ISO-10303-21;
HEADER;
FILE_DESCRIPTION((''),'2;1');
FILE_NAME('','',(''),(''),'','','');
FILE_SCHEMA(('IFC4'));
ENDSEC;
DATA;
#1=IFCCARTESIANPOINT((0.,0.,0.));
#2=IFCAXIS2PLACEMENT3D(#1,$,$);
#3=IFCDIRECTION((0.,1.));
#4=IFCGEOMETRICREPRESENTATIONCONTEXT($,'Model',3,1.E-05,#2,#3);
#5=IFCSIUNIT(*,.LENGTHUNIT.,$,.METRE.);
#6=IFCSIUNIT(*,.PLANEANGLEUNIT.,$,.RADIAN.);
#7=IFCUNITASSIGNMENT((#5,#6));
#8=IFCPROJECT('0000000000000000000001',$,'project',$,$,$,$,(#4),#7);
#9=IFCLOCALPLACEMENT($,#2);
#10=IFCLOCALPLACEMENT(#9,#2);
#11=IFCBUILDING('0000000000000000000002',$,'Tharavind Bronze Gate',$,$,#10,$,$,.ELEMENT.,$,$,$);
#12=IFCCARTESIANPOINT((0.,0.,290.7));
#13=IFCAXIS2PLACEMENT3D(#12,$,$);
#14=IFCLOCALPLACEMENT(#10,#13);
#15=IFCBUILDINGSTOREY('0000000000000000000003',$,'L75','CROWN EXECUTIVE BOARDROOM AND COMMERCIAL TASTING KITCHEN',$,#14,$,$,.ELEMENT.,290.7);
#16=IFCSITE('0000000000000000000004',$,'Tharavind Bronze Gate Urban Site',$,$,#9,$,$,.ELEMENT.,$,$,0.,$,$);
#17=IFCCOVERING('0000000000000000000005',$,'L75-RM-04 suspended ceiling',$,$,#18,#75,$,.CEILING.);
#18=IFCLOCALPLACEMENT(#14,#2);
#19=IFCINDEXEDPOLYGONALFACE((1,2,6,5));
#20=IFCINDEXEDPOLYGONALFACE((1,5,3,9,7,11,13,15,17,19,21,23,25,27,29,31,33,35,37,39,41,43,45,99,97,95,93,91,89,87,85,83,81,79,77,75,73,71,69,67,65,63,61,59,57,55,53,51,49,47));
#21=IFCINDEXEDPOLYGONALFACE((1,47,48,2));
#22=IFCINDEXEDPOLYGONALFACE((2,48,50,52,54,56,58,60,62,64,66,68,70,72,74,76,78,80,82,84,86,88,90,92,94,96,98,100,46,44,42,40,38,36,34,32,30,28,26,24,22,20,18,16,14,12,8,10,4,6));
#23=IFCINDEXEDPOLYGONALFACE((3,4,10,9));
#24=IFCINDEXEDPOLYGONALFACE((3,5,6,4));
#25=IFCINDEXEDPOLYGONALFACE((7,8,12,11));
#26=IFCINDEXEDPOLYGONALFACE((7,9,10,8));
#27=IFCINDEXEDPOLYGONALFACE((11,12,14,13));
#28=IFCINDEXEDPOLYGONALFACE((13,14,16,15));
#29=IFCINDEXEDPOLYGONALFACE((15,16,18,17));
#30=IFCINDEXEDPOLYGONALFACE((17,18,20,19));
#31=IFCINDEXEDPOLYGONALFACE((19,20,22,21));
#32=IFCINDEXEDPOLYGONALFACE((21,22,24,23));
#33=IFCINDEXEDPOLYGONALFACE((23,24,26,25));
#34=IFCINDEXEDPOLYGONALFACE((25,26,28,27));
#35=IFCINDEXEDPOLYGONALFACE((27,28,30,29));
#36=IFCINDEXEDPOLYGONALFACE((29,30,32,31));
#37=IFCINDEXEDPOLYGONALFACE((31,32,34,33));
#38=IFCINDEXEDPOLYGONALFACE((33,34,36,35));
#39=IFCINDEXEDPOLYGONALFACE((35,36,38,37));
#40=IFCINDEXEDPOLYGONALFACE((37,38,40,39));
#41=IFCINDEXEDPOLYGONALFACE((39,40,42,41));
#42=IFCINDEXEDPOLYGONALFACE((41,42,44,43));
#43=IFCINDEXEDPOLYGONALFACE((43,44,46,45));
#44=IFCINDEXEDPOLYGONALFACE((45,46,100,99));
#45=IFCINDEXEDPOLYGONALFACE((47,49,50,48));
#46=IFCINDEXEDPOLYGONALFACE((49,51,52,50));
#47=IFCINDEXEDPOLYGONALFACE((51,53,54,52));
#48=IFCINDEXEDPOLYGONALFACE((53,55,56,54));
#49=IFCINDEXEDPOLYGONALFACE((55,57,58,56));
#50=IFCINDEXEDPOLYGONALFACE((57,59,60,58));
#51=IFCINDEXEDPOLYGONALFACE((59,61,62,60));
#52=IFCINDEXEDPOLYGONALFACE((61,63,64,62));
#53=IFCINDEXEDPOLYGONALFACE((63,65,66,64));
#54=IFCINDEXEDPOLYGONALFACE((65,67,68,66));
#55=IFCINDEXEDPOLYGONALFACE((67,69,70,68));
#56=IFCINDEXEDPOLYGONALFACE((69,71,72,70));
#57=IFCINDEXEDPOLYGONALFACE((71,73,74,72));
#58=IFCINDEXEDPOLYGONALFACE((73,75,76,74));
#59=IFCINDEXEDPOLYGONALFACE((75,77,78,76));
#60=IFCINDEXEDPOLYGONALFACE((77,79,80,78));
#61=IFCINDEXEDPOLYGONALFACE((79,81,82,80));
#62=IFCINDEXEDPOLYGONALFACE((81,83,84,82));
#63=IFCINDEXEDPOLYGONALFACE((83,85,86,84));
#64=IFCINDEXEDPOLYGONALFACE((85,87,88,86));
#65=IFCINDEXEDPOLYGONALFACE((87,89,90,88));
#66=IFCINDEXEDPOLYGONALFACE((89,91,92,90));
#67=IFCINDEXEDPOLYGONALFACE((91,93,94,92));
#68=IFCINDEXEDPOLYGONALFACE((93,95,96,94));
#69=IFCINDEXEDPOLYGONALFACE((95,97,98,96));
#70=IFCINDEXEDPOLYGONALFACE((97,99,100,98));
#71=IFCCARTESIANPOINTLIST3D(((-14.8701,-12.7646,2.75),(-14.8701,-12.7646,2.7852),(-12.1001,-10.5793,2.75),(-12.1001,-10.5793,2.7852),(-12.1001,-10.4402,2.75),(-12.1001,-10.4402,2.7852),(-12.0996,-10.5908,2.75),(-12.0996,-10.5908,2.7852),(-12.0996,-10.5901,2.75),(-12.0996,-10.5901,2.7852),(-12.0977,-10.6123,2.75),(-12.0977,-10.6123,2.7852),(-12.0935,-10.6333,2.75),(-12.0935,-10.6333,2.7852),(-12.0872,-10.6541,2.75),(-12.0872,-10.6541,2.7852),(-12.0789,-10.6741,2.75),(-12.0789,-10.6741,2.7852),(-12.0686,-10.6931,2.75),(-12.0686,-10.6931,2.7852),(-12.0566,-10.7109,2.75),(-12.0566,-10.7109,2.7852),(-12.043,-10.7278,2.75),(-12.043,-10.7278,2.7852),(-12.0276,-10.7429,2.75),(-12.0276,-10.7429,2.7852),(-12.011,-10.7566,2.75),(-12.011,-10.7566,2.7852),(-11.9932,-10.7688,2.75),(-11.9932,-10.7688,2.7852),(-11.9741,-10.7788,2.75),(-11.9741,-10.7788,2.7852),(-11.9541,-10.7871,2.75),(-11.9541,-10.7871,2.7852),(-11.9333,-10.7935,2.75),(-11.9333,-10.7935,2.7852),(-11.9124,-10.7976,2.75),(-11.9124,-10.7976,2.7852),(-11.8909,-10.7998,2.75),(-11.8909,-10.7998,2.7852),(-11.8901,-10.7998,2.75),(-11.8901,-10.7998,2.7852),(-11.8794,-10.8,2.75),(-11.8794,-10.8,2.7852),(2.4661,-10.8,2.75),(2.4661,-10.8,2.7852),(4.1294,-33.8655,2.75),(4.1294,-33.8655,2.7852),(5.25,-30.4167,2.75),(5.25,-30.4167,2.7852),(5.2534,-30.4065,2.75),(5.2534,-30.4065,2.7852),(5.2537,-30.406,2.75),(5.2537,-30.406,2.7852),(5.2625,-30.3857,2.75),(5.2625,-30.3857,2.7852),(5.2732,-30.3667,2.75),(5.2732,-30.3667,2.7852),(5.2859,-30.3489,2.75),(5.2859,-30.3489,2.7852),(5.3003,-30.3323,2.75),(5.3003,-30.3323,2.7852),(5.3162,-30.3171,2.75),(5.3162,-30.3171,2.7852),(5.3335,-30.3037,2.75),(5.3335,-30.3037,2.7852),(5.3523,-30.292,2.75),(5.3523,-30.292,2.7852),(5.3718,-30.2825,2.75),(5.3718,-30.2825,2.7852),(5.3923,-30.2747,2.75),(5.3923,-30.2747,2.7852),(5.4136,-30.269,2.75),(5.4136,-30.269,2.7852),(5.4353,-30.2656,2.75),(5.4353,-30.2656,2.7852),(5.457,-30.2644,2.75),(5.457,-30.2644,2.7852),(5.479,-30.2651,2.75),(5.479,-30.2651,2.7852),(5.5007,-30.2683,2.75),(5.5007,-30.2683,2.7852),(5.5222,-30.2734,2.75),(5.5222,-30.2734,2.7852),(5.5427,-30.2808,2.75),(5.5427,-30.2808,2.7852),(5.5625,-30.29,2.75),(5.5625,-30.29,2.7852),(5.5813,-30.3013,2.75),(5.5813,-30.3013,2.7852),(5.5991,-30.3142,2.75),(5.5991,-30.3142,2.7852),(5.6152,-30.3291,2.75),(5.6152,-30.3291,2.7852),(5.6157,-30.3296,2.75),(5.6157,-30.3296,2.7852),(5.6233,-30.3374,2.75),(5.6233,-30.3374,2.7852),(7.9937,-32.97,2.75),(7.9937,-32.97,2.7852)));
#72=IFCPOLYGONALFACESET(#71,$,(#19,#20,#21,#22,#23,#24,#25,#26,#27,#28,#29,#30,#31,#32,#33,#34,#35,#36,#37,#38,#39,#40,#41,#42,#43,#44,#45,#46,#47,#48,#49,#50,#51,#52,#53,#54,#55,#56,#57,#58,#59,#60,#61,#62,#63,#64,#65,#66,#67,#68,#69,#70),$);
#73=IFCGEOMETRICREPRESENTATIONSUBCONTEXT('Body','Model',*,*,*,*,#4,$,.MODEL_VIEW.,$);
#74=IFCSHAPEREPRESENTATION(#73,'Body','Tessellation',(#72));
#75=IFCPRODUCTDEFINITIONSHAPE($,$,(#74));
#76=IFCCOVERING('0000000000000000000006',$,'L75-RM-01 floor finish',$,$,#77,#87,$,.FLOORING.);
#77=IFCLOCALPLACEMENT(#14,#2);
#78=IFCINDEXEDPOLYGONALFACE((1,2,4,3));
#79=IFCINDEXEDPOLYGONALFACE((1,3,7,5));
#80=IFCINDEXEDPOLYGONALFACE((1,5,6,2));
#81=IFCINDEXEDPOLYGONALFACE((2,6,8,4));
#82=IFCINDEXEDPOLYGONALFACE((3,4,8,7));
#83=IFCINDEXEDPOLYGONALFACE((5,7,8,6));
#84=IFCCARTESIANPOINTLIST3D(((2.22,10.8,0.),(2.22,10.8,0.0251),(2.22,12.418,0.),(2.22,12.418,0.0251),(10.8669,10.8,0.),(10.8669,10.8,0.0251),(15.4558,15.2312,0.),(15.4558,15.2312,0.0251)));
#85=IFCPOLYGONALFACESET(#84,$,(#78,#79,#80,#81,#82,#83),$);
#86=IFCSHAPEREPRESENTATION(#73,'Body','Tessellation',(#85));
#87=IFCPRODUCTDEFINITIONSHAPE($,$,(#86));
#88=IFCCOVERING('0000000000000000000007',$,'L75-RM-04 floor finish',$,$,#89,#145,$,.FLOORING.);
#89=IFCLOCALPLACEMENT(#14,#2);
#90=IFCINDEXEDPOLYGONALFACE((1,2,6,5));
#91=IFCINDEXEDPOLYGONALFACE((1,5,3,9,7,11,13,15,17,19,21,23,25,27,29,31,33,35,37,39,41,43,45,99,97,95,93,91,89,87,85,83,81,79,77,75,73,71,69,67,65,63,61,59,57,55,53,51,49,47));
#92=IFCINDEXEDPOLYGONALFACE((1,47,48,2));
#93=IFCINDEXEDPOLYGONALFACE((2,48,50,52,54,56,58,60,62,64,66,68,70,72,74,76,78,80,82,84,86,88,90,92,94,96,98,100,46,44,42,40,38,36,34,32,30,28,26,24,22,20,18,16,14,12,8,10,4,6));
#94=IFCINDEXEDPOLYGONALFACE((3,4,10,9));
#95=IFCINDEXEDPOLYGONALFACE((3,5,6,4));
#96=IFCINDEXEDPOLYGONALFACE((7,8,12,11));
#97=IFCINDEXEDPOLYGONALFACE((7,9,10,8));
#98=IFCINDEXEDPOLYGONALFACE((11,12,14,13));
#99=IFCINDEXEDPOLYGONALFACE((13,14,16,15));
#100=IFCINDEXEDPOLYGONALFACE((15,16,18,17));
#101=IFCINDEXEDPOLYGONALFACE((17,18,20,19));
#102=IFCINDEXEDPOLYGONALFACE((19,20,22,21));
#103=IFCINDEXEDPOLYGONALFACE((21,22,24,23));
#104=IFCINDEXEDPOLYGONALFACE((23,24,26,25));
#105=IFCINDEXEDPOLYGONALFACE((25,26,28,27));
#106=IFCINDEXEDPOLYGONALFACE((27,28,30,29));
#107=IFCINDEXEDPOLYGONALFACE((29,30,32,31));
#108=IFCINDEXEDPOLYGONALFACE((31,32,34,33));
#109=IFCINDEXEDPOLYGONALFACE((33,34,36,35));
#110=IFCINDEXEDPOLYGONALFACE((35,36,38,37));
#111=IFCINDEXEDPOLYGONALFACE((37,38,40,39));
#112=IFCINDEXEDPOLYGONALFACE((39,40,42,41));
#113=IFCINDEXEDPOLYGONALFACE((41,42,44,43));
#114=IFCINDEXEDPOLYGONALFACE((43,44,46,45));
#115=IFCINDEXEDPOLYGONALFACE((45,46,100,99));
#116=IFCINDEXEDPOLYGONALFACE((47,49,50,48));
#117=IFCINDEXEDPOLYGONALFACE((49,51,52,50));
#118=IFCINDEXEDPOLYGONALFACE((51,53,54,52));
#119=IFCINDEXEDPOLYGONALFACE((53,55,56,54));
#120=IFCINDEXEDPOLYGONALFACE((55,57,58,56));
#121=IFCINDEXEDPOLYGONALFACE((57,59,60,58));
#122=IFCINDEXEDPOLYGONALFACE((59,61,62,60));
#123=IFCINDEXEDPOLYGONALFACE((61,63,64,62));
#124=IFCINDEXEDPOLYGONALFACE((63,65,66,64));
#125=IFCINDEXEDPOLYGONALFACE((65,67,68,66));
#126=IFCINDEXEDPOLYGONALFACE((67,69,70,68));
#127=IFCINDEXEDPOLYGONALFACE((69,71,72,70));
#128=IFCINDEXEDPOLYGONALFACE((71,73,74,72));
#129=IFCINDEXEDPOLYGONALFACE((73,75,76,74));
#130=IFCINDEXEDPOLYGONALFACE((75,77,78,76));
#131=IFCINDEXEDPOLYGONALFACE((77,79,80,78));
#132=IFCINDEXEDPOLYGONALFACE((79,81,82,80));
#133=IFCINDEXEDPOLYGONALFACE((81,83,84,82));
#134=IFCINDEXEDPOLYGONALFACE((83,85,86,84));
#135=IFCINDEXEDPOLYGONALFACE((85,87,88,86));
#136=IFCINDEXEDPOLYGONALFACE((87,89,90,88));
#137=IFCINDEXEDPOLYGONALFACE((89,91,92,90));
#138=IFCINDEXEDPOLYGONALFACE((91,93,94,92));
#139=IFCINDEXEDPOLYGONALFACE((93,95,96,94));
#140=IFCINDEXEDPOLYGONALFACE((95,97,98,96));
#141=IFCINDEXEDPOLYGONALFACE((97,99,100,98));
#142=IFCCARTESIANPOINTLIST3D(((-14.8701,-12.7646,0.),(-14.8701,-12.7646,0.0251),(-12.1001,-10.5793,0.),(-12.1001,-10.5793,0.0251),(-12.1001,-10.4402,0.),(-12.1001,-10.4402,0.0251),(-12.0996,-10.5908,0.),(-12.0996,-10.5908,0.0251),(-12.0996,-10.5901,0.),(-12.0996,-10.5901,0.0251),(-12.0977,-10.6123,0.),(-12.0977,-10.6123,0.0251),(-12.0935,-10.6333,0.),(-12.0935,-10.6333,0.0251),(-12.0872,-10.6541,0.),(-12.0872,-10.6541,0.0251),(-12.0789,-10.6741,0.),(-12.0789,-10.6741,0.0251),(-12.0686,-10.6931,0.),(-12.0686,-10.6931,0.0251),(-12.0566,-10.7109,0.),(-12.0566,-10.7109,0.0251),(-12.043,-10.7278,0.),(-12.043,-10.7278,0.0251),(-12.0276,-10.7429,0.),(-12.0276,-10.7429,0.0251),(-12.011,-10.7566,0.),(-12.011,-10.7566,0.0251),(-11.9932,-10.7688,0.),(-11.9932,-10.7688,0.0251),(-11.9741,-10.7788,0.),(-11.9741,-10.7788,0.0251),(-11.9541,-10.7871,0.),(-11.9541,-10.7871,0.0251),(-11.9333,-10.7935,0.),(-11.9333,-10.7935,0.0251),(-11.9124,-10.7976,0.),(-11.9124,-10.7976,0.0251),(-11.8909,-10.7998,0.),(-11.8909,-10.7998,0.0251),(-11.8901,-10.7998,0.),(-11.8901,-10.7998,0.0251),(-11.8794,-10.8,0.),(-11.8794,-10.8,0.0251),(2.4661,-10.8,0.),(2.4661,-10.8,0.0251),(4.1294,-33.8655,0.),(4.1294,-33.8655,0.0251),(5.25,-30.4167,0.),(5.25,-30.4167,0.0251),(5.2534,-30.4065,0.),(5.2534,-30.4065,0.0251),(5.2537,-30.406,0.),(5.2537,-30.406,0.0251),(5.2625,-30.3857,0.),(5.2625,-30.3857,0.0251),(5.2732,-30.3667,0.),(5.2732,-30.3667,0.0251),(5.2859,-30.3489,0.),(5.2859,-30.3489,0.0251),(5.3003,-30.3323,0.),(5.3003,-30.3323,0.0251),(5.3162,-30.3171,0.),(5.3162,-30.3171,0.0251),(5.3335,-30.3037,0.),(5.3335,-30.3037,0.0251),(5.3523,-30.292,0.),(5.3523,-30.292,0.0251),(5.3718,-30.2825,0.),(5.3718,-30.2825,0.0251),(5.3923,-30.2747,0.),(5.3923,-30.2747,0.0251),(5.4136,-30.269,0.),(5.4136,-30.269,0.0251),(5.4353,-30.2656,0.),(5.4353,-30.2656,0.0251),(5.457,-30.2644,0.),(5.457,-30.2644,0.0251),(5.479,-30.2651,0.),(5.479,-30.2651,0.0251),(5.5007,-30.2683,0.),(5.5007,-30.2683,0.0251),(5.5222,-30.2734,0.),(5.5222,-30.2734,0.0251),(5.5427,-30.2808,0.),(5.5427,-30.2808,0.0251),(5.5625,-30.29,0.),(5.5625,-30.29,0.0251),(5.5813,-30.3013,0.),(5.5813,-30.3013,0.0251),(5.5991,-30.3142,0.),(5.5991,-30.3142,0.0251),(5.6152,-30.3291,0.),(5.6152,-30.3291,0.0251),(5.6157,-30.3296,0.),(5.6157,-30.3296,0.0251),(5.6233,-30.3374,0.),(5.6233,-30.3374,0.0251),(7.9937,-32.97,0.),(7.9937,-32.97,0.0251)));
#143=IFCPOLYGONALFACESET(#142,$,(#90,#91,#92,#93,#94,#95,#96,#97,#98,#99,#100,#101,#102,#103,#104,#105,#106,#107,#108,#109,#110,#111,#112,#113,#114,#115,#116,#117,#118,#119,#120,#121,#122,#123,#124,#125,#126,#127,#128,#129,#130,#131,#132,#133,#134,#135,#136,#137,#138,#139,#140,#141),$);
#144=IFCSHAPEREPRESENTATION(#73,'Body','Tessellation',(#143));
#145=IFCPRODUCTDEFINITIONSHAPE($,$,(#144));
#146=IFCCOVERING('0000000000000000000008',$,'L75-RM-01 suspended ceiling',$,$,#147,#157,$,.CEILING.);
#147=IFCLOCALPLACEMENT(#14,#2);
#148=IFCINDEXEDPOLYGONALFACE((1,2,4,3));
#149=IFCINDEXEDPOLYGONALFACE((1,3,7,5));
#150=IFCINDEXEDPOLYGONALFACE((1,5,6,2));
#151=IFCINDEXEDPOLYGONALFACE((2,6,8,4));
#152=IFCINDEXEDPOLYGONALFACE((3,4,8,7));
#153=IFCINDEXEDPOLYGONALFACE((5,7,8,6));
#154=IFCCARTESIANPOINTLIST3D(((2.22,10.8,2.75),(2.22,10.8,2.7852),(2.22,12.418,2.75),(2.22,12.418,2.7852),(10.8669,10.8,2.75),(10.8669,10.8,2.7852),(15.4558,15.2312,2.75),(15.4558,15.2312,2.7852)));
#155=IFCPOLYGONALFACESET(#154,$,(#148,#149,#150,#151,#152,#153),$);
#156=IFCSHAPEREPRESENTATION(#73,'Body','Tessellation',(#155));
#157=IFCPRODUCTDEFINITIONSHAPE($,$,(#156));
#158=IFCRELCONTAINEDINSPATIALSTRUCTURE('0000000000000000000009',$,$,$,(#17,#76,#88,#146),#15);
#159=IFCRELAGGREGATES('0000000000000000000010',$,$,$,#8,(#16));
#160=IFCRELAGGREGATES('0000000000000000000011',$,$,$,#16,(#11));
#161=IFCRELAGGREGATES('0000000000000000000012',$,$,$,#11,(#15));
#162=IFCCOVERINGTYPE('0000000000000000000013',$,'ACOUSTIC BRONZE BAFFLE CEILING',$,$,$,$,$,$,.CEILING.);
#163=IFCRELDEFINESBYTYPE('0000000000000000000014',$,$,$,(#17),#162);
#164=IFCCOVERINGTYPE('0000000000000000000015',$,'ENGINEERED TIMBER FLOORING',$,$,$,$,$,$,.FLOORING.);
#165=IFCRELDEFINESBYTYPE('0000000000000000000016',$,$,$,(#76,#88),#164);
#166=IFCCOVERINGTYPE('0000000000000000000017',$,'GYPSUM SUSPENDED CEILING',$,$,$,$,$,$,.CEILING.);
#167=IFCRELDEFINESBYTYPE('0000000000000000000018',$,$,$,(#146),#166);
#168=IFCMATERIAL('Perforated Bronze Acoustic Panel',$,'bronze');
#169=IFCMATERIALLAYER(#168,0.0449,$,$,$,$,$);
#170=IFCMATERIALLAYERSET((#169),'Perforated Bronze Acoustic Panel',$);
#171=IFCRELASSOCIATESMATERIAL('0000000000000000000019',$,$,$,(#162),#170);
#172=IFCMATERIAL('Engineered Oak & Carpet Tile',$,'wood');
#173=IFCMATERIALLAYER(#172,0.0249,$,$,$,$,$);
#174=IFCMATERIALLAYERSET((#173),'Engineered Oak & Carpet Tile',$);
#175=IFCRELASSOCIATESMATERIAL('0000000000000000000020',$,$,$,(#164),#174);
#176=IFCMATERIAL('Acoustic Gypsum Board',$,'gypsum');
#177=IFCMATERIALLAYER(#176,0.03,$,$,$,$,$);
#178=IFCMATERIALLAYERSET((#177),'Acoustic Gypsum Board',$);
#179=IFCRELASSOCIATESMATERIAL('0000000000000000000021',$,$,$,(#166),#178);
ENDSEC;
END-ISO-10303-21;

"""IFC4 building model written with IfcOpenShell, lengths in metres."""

from ifc_helpers import new_model, si_unit, direction, frame, origin, place, context, subcontext, project, spatial, polyline, outline, extrude, material, layer, layer_set, type_object, element, save


model = new_model("IFC4")

# Units and contexts
model_context = context("Model", 3, precision=1e-05, world=origin(), true_north=direction((0.0, 1.0)))
body_context = subcontext(model_context, "Body", "Model", "MODEL_VIEW")
ifc_project = project(units=[si_unit("LENGTHUNIT", "METRE"), si_unit("PLANEANGLEUNIT", "RADIAN")], contexts=[model_context])

# Site, building, storey
site_placement = place(None, origin())
site = spatial("IfcSite", under=ifc_project, at=site_placement, Name="Tharavind Bronze Gate Urban Site", CompositionType="ELEMENT", RefElevation=0.0)
building_placement = place(site_placement, origin())
building = spatial("IfcBuilding", under=site, at=building_placement, Name="Tharavind Bronze Gate", CompositionType="ELEMENT")
storey_placement = place(building_placement, frame((0.0, 0.0, 290.7)))
storey = spatial("IfcBuildingStorey", under=building, at=storey_placement, Name="L75", Description="CROWN EXECUTIVE BOARDROOM AND COMMERCIAL TASTING KITCHEN", CompositionType="ELEMENT", Elevation=290.7)

# Coverings
ifc_material_1 = material(Name="Perforated Bronze Acoustic Panel", Category="bronze")
ifc_layer_1 = layer(ifc_material_1, 0.0449)
ifc_layer_set_1 = layer_set([ifc_layer_1], Name="Perforated Bronze Acoustic Panel")
covering_type_1 = type_object("IfcCoveringType", Name="ACOUSTIC BRONZE BAFFLE CEILING", PredefinedType="CEILING", material=ifc_layer_set_1)
covering_1_placement = place(storey_placement, frame((0.0, 0.0, 2.75)))
element("IfcCovering", 1, at=covering_1_placement, inside=storey, type_object=covering_type_1, Name="L75-RM-04 suspended ceiling", PredefinedType="CEILING", context=body_context, shape_type="SweptSolid", body=[
    extrude(outline(polyline([(4.1294, -33.8655), (5.25, -30.4167), (5.2534, -30.4065), (5.2537, -30.406), (5.2625, -30.3857), (5.2732, -30.3667), (5.2859, -30.3489), (5.3003, -30.3323), (5.3162, -30.3171), (5.3335, -30.3037), (5.3523, -30.292), (5.3718, -30.2825), (5.3923, -30.2747), (5.4136, -30.269), (5.4353, -30.2656), (5.457, -30.2644), (5.479, -30.2651), (5.5007, -30.2683), (5.5222, -30.2734), (5.5427, -30.2808), (5.5625, -30.29), (5.5813, -30.3013), (5.5991, -30.3142), (5.6152, -30.3291), (5.6157, -30.3296), (5.6233, -30.3374), (7.9937, -32.97), (2.4661, -10.8), (-11.8794, -10.8), (-11.8901, -10.7998), (-11.8909, -10.7998), (-11.9124, -10.7976), (-11.9333, -10.7935), (-11.9541, -10.7871), (-11.9741, -10.7788), (-11.9932, -10.7688), (-12.011, -10.7566), (-12.0276, -10.7429), (-12.043, -10.7278), (-12.0566, -10.7109), (-12.0686, -10.6931), (-12.0789, -10.6741), (-12.0872, -10.6541), (-12.0935, -10.6333), (-12.0977, -10.6123), (-12.0996, -10.5908), (-12.0996, -10.5901), (-12.1001, -10.5793), (-12.1001, -10.4402), (-14.8701, -12.7646), (4.1294, -33.8655)])), origin(), (0.0, 0.0, 1.0), 0.0352),
])
ifc_material_2 = material(Name="Engineered Oak & Carpet Tile", Category="wood")
ifc_layer_2 = layer(ifc_material_2, 0.0249)
ifc_layer_set_2 = layer_set([ifc_layer_2], Name="Engineered Oak & Carpet Tile")
covering_type_2 = type_object("IfcCoveringType", Name="ENGINEERED TIMBER FLOORING", PredefinedType="FLOORING", material=ifc_layer_set_2)
covering_2_placement = place(storey_placement, origin())
element("IfcCovering", 2, at=covering_2_placement, inside=storey, type_object=covering_type_2, Name="L75-RM-01 floor finish", PredefinedType="FLOORING", context=body_context, shape_type="SweptSolid", body=[
    extrude(outline(polyline([(10.8669, 10.8), (15.4558, 15.2312), (2.22, 12.418), (2.22, 10.8), (10.8669, 10.8)])), origin(), (0.0, 0.0, 1.0), 0.0251),
])
covering_3_placement = place(storey_placement, origin())
element("IfcCovering", 3, at=covering_3_placement, inside=storey, type_object=covering_type_2, Name="L75-RM-04 floor finish", PredefinedType="FLOORING", context=body_context, shape_type="SweptSolid", body=[
    extrude(outline(polyline([(4.1294, -33.8655), (5.25, -30.4167), (5.2534, -30.4065), (5.2537, -30.406), (5.2625, -30.3857), (5.2732, -30.3667), (5.2859, -30.3489), (5.3003, -30.3323), (5.3162, -30.3171), (5.3335, -30.3037), (5.3523, -30.292), (5.3718, -30.2825), (5.3923, -30.2747), (5.4136, -30.269), (5.4353, -30.2656), (5.457, -30.2644), (5.479, -30.2651), (5.5007, -30.2683), (5.5222, -30.2734), (5.5427, -30.2808), (5.5625, -30.29), (5.5813, -30.3013), (5.5991, -30.3142), (5.6152, -30.3291), (5.6157, -30.3296), (5.6233, -30.3374), (7.9937, -32.97), (2.4661, -10.8), (-11.8794, -10.8), (-11.8901, -10.7998), (-11.8909, -10.7998), (-11.9124, -10.7976), (-11.9333, -10.7935), (-11.9541, -10.7871), (-11.9741, -10.7788), (-11.9932, -10.7688), (-12.011, -10.7566), (-12.0276, -10.7429), (-12.043, -10.7278), (-12.0566, -10.7109), (-12.0686, -10.6931), (-12.0789, -10.6741), (-12.0872, -10.6541), (-12.0935, -10.6333), (-12.0977, -10.6123), (-12.0996, -10.5908), (-12.0996, -10.5901), (-12.1001, -10.5793), (-12.1001, -10.4402), (-14.8701, -12.7646), (4.1294, -33.8655)])), origin(), (0.0, 0.0, 1.0), 0.0251),
])
ifc_material_3 = material(Name="Acoustic Gypsum Board", Category="gypsum")
ifc_layer_3 = layer(ifc_material_3, 0.03)
ifc_layer_set_3 = layer_set([ifc_layer_3], Name="Acoustic Gypsum Board")
covering_type_3 = type_object("IfcCoveringType", Name="GYPSUM SUSPENDED CEILING", PredefinedType="CEILING", material=ifc_layer_set_3)
covering_4_placement = place(storey_placement, frame((0.0, 0.0, 2.75)))
element("IfcCovering", 4, at=covering_4_placement, inside=storey, type_object=covering_type_3, Name="L75-RM-01 suspended ceiling", PredefinedType="CEILING", context=body_context, shape_type="SweptSolid", body=[
    extrude(outline(polyline([(10.8669, 10.8), (15.4558, 15.2312), (2.22, 12.418), (2.22, 10.8), (10.8669, 10.8)])), origin(), (0.0, 0.0, 1.0), 0.0352),
])

save(model, "model.ifc")
